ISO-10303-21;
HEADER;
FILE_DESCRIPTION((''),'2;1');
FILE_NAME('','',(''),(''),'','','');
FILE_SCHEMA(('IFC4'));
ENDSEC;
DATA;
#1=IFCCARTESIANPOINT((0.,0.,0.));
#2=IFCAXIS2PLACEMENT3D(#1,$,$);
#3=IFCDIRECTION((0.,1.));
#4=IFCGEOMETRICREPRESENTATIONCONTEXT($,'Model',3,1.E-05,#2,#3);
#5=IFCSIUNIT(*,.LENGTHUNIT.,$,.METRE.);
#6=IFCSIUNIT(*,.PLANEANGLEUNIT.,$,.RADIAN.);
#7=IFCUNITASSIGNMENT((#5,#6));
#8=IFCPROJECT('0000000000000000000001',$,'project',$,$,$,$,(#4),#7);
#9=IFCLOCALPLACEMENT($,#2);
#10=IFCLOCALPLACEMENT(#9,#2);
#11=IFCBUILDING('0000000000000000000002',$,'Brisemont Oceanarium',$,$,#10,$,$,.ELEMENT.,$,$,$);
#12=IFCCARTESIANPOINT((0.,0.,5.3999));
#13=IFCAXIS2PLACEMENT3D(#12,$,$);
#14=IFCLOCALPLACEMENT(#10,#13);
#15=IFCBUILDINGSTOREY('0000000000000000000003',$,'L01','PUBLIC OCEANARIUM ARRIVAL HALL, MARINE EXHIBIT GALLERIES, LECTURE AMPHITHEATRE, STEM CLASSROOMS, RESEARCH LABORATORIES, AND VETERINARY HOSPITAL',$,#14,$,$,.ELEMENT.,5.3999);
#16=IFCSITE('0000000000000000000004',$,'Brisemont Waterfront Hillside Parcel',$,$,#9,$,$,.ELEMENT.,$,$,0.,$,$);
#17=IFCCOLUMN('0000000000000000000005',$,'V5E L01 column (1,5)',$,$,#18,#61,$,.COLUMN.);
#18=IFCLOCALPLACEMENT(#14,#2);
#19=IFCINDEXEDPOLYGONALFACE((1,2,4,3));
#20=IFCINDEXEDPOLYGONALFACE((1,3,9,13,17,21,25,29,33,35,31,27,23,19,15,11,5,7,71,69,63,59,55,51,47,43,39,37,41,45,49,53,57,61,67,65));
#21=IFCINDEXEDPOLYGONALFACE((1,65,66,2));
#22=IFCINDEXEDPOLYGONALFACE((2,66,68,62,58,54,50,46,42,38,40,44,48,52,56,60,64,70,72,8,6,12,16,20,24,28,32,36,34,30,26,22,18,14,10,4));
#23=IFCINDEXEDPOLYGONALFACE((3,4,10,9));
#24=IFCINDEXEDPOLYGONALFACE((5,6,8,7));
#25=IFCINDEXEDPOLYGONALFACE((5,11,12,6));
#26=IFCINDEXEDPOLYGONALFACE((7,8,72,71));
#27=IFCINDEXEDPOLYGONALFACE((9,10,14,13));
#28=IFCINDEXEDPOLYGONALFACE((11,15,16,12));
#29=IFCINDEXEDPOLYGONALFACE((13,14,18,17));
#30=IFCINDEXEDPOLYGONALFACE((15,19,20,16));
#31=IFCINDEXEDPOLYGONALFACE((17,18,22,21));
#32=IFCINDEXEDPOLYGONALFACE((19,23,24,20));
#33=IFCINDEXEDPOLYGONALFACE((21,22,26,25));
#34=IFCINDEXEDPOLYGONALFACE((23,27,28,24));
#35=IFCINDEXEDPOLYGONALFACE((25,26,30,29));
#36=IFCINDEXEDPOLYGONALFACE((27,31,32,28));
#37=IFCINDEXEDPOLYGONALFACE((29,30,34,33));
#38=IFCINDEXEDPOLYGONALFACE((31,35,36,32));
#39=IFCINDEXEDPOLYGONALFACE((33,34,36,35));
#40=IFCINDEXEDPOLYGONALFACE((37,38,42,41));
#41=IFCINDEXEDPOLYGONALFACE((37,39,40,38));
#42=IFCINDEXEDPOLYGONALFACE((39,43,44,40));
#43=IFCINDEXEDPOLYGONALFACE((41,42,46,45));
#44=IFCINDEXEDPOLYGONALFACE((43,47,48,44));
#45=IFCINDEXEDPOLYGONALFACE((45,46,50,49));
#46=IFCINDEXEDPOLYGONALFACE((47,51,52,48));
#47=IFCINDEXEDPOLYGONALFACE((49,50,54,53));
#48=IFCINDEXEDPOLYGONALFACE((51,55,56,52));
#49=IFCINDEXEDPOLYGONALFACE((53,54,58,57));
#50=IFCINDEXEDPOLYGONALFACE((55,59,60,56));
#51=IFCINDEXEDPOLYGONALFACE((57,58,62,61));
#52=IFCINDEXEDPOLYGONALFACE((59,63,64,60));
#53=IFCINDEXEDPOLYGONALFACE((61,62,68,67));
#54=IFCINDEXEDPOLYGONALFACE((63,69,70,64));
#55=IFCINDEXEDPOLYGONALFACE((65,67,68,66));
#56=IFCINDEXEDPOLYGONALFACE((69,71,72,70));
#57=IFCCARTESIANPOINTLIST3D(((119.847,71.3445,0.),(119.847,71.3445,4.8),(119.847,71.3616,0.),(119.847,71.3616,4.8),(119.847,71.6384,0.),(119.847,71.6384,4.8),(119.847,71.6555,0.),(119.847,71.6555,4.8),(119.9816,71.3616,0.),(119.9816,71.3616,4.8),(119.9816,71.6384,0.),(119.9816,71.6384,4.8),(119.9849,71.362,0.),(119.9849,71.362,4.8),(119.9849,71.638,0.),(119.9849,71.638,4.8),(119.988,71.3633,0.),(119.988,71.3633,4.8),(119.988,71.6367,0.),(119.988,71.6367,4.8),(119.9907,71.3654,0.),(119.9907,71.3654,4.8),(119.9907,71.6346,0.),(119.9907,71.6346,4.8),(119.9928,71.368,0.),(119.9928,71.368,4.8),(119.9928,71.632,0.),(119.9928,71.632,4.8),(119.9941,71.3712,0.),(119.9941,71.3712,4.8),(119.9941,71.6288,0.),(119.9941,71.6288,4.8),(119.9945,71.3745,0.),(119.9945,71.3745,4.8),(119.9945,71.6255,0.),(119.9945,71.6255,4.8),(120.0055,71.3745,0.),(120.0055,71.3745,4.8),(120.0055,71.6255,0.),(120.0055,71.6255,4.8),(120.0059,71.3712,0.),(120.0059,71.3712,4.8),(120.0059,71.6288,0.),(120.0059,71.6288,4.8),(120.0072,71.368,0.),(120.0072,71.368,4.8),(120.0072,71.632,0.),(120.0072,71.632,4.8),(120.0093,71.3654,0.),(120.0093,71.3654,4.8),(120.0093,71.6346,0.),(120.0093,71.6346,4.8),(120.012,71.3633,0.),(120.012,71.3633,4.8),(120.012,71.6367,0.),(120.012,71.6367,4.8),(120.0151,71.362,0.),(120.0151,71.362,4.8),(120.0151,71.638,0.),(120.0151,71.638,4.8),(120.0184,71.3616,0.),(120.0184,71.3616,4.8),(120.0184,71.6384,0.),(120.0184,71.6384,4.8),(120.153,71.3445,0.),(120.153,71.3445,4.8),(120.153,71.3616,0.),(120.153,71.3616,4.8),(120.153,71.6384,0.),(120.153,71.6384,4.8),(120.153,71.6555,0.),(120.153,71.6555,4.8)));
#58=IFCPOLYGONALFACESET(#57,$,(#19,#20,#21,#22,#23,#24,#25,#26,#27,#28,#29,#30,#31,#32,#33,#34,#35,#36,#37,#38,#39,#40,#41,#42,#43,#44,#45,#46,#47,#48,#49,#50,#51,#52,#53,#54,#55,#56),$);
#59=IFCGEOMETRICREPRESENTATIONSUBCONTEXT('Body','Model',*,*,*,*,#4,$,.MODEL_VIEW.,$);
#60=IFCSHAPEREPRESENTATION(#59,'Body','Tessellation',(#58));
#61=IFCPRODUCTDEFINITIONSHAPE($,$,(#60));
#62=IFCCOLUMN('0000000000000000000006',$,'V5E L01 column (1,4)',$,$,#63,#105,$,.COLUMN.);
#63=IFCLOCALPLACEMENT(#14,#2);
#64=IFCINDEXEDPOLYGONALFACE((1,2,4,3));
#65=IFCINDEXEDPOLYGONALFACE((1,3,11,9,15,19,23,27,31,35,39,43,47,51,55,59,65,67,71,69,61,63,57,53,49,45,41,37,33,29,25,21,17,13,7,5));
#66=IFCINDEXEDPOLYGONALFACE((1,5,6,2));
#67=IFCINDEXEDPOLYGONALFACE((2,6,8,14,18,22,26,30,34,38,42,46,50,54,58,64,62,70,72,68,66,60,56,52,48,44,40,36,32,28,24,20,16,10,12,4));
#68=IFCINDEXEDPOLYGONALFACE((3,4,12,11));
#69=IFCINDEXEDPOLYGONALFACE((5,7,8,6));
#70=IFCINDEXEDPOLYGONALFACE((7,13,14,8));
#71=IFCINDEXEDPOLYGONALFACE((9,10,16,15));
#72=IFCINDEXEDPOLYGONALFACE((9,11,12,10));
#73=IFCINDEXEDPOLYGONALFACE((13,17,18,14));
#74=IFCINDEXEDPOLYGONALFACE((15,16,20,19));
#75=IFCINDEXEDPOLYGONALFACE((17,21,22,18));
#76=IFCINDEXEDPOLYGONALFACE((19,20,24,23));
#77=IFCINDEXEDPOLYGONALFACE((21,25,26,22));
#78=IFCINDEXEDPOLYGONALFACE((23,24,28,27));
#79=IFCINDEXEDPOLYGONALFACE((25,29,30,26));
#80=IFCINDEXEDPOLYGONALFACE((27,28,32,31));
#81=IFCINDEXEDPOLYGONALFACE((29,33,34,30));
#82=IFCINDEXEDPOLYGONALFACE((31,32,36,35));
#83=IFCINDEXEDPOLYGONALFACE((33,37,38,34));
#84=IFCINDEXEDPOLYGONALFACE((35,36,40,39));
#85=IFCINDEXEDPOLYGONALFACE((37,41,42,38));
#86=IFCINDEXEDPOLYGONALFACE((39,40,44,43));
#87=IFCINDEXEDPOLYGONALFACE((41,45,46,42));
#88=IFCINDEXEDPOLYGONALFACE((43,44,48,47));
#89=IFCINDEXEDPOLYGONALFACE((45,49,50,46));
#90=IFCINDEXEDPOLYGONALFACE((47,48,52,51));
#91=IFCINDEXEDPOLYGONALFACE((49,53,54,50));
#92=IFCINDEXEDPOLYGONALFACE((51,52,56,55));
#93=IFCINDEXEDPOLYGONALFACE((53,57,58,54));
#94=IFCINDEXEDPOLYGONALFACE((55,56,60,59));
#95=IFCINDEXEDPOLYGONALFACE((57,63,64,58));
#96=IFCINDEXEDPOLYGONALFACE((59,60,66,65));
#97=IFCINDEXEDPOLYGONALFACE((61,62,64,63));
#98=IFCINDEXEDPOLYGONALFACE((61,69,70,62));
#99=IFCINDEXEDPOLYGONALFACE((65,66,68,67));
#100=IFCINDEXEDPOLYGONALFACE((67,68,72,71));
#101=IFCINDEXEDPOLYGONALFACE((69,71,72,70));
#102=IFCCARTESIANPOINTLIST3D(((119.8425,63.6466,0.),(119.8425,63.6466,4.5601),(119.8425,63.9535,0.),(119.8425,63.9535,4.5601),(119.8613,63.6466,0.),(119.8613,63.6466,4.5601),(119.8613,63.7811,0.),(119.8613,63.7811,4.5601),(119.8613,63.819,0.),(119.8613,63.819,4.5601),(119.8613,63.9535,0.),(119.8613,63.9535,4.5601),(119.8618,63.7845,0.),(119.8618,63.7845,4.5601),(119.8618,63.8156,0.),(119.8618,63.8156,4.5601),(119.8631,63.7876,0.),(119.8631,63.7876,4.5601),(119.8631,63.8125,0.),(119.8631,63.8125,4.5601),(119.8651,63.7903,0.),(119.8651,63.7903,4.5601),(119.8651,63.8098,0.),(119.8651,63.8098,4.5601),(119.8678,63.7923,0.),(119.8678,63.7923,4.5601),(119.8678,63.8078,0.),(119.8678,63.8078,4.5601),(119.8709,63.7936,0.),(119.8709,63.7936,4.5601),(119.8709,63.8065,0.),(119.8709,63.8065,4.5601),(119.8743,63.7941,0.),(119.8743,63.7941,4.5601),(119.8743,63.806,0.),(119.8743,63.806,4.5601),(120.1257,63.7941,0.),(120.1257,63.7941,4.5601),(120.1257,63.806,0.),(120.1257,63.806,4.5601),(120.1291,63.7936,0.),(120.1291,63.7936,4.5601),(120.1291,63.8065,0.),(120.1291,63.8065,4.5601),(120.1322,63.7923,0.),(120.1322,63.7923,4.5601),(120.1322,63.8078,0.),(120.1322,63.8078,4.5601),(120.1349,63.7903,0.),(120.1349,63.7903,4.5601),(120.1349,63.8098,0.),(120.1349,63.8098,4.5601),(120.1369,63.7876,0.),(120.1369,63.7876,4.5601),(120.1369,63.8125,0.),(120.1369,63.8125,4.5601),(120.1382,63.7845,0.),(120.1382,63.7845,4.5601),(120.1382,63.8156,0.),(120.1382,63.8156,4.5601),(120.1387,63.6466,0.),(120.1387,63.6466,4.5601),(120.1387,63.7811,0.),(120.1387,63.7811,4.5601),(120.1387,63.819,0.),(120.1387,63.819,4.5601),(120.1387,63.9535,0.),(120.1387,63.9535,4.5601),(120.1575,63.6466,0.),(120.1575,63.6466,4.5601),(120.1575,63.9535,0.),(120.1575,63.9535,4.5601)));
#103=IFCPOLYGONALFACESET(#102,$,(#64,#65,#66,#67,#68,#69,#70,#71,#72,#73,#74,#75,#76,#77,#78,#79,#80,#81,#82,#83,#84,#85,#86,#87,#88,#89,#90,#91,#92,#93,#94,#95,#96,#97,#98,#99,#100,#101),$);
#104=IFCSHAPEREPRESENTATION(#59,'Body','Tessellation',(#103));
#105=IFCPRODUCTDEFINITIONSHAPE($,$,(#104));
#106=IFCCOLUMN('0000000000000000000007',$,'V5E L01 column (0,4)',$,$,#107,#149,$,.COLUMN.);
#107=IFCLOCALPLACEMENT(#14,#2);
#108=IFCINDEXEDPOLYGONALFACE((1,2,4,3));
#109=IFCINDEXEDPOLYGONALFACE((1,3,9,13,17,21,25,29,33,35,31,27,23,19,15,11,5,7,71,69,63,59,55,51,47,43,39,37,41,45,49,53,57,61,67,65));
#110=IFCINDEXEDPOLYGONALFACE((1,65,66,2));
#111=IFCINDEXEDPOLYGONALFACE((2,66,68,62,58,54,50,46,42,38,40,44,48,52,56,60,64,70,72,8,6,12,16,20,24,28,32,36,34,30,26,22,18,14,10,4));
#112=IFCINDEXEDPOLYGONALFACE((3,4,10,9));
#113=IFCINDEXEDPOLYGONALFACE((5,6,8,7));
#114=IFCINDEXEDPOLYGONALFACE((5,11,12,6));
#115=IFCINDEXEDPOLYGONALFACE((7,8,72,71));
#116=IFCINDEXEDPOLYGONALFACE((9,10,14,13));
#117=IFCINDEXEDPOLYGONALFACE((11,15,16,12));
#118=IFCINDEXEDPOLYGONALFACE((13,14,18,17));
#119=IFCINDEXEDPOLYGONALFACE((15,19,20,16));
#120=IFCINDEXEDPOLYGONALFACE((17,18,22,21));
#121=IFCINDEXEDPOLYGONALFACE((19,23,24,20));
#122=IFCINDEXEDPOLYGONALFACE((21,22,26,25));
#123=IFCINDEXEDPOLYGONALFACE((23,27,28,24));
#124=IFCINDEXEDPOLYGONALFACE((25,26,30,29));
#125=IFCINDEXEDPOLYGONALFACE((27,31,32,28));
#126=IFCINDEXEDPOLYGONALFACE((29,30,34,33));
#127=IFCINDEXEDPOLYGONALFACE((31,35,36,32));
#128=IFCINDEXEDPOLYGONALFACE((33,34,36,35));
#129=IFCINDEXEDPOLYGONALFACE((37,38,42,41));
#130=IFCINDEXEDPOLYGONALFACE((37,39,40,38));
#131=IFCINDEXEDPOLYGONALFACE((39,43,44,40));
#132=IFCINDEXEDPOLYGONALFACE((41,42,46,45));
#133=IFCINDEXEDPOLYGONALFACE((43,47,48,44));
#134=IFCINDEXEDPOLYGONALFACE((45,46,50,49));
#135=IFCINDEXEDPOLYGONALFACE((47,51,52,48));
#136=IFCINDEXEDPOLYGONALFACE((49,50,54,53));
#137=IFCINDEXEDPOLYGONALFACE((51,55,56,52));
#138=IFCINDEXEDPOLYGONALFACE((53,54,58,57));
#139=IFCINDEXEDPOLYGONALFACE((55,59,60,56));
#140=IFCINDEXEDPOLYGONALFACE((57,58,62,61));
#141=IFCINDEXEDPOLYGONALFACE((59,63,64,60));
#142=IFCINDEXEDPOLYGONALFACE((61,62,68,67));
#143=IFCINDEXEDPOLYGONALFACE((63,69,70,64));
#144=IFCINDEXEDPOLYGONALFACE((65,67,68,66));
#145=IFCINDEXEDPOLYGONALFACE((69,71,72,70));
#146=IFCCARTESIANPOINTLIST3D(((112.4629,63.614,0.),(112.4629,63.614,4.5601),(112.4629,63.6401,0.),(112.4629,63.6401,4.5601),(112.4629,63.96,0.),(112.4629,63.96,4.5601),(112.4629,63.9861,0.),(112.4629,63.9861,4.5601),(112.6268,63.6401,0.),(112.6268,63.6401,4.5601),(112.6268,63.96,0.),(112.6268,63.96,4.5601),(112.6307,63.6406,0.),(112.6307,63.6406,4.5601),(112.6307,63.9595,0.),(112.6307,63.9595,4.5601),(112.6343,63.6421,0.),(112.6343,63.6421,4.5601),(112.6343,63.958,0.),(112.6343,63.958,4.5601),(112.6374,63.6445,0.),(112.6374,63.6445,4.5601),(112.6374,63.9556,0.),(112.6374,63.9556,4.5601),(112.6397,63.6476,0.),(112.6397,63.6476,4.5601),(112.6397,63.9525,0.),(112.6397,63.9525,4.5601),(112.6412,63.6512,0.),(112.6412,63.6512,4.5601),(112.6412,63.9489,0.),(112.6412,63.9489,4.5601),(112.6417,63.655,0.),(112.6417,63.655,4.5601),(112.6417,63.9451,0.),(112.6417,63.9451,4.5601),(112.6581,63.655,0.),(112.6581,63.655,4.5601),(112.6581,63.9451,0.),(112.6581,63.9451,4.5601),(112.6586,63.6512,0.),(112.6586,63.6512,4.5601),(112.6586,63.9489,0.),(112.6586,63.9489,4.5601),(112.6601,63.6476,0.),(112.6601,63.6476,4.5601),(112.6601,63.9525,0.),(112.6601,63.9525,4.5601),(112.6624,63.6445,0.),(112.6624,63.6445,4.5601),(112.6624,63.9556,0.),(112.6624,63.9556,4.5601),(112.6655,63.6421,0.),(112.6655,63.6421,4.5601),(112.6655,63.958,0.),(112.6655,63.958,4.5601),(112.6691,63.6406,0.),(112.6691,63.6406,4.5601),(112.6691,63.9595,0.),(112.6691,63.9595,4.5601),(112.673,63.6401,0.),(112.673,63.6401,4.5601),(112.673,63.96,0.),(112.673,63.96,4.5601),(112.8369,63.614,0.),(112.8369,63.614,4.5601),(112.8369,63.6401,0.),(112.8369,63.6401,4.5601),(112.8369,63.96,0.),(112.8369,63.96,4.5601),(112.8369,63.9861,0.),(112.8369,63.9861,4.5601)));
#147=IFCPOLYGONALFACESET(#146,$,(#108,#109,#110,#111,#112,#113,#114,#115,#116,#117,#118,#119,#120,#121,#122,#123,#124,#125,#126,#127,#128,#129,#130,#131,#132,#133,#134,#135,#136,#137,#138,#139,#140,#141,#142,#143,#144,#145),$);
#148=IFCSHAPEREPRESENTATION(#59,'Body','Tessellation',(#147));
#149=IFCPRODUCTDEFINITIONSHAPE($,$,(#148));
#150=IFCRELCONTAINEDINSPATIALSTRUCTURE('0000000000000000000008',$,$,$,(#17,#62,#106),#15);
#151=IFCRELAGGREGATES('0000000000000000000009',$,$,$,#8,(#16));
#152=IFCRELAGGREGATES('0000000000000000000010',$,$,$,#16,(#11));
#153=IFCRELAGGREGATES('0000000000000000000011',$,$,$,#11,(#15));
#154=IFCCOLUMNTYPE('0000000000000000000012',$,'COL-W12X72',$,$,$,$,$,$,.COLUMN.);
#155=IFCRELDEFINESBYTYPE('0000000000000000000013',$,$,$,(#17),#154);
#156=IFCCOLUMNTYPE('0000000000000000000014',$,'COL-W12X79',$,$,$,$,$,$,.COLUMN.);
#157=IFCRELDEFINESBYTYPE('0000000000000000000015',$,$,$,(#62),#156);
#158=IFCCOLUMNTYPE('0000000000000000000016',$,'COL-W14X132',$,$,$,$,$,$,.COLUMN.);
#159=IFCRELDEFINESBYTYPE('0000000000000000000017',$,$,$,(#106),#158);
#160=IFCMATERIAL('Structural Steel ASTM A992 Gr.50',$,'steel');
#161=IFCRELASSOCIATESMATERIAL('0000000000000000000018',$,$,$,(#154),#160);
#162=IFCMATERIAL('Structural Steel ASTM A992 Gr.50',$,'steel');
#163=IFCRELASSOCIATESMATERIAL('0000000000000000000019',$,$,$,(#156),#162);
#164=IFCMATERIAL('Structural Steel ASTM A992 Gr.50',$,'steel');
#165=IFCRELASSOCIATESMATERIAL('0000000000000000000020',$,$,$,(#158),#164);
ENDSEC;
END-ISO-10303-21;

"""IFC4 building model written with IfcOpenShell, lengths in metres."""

from ifc_helpers import new_model, si_unit, direction, frame, origin, origin_2d, place, context, subcontext, project, spatial, i_section, extrude, material, material_profile, profile_set, type_object, element, save


model = new_model("IFC4")

# Units and contexts
model_context = context("Model", 3, precision=1e-05, world=origin(), true_north=direction((0.0, 1.0)))
body_context = subcontext(model_context, "Body", "Model", "MODEL_VIEW")
ifc_project = project(units=[si_unit("LENGTHUNIT", "METRE"), si_unit("PLANEANGLEUNIT", "RADIAN")], contexts=[model_context])

# Site, building, storey
site_placement = place(None, origin())
site = spatial("IfcSite", under=ifc_project, at=site_placement, Name="Brisemont Waterfront Hillside Parcel", CompositionType="ELEMENT", RefElevation=0.0)
building_placement = place(site_placement, origin())
building = spatial("IfcBuilding", under=site, at=building_placement, Name="Brisemont Oceanarium", CompositionType="ELEMENT")
storey_placement = place(building_placement, frame((0.0, 0.0, 5.3999)))
storey = spatial("IfcBuildingStorey", under=building, at=storey_placement, Name="L01", Description="PUBLIC OCEANARIUM ARRIVAL HALL, MARINE EXHIBIT GALLERIES, LECTURE AMPHITHEATRE, STEM CLASSROOMS, RESEARCH LABORATORIES, AND VETERINARY HOSPITAL", CompositionType="ELEMENT", Elevation=5.3999)

# Columns
ifc_material_1 = material(Name="Structural Steel ASTM A992 Gr.50", Category="steel")
ifc_material_profile_1 = material_profile(ifc_material_1, i_section(OverallWidth=0.3059, OverallDepth=0.311, WebThickness=0.011, FlangeThickness=0.0171, FilletRadius=0.0129, at=origin_2d()), Name="W12X72")
ifc_profile_set_1 = profile_set([ifc_material_profile_1], Name="Structural Steel ASTM A992 Gr.50")
column_type_1 = type_object("IfcColumnType", Name="COL-W12X72", PredefinedType="COLUMN", material=ifc_profile_set_1)
column_1_placement = place(storey_placement, frame((120.0, 71.5, 0.0), z_axis=(0.0, 0.0, 1.0), x_axis=(1.0, 0.0, 0.0)))
element("IfcColumn", 1, at=column_1_placement, inside=storey, type_object=column_type_1, Name="V5E L01 column (1,5)", PredefinedType="COLUMN", context=body_context, shape_type="SweptSolid", body=[
    extrude(i_section(OverallWidth=0.3059, OverallDepth=0.311, WebThickness=0.011, FlangeThickness=0.0171, FilletRadius=0.0129, at=origin_2d()), origin(), (0.0, 0.0, 1.0), 4.8),
])
ifc_material_2 = material(Name="Structural Steel ASTM A992 Gr.50", Category="steel")
ifc_material_profile_2 = material_profile(ifc_material_2, i_section(OverallWidth=0.3069, OverallDepth=0.3149, WebThickness=0.012, FlangeThickness=0.0188, FilletRadius=0.0129, at=origin_2d()), Name="W12X79")
ifc_profile_set_2 = profile_set([ifc_material_profile_2], Name="Structural Steel ASTM A992 Gr.50")
column_type_2 = type_object("IfcColumnType", Name="COL-W12X79", PredefinedType="COLUMN", material=ifc_profile_set_2)
column_2_placement = place(storey_placement, frame((120.0, 63.8, 0.0), z_axis=(0.0, 0.0, 1.0), x_axis=(0.0, 1.0, 0.0)))
element("IfcColumn", 2, at=column_2_placement, inside=storey, type_object=column_type_2, Name="V5E L01 column (1,4)", PredefinedType="COLUMN", context=body_context, shape_type="SweptSolid", body=[
    extrude(i_section(OverallWidth=0.3069, OverallDepth=0.3149, WebThickness=0.012, FlangeThickness=0.0188, FilletRadius=0.0129, at=origin_2d()), origin(), (0.0, 0.0, 1.0), 4.5601),
])
ifc_material_3 = material(Name="Structural Steel ASTM A992 Gr.50", Category="steel")
ifc_material_profile_3 = material_profile(ifc_material_3, i_section(OverallWidth=0.374, OverallDepth=0.3721, WebThickness=0.0164, FlangeThickness=0.0261, FilletRadius=0.0149, at=origin_2d()), Name="W14X132")
ifc_profile_set_3 = profile_set([ifc_material_profile_3], Name="Structural Steel ASTM A992 Gr.50")
column_type_3 = type_object("IfcColumnType", Name="COL-W14X132", PredefinedType="COLUMN", material=ifc_profile_set_3)
column_3_placement = place(storey_placement, frame((112.6499, 63.8, 0.0), z_axis=(0.0, 0.0, 1.0), x_axis=(1.0, 0.0, 0.0)))
element("IfcColumn", 3, at=column_3_placement, inside=storey, type_object=column_type_3, Name="V5E L01 column (0,4)", PredefinedType="COLUMN", context=body_context, shape_type="SweptSolid", body=[
    extrude(i_section(OverallWidth=0.374, OverallDepth=0.3721, WebThickness=0.0164, FlangeThickness=0.0261, FilletRadius=0.0149, at=origin_2d()), origin(), (0.0, 0.0, 1.0), 4.5601),
])

save(model, "model.ifc")
